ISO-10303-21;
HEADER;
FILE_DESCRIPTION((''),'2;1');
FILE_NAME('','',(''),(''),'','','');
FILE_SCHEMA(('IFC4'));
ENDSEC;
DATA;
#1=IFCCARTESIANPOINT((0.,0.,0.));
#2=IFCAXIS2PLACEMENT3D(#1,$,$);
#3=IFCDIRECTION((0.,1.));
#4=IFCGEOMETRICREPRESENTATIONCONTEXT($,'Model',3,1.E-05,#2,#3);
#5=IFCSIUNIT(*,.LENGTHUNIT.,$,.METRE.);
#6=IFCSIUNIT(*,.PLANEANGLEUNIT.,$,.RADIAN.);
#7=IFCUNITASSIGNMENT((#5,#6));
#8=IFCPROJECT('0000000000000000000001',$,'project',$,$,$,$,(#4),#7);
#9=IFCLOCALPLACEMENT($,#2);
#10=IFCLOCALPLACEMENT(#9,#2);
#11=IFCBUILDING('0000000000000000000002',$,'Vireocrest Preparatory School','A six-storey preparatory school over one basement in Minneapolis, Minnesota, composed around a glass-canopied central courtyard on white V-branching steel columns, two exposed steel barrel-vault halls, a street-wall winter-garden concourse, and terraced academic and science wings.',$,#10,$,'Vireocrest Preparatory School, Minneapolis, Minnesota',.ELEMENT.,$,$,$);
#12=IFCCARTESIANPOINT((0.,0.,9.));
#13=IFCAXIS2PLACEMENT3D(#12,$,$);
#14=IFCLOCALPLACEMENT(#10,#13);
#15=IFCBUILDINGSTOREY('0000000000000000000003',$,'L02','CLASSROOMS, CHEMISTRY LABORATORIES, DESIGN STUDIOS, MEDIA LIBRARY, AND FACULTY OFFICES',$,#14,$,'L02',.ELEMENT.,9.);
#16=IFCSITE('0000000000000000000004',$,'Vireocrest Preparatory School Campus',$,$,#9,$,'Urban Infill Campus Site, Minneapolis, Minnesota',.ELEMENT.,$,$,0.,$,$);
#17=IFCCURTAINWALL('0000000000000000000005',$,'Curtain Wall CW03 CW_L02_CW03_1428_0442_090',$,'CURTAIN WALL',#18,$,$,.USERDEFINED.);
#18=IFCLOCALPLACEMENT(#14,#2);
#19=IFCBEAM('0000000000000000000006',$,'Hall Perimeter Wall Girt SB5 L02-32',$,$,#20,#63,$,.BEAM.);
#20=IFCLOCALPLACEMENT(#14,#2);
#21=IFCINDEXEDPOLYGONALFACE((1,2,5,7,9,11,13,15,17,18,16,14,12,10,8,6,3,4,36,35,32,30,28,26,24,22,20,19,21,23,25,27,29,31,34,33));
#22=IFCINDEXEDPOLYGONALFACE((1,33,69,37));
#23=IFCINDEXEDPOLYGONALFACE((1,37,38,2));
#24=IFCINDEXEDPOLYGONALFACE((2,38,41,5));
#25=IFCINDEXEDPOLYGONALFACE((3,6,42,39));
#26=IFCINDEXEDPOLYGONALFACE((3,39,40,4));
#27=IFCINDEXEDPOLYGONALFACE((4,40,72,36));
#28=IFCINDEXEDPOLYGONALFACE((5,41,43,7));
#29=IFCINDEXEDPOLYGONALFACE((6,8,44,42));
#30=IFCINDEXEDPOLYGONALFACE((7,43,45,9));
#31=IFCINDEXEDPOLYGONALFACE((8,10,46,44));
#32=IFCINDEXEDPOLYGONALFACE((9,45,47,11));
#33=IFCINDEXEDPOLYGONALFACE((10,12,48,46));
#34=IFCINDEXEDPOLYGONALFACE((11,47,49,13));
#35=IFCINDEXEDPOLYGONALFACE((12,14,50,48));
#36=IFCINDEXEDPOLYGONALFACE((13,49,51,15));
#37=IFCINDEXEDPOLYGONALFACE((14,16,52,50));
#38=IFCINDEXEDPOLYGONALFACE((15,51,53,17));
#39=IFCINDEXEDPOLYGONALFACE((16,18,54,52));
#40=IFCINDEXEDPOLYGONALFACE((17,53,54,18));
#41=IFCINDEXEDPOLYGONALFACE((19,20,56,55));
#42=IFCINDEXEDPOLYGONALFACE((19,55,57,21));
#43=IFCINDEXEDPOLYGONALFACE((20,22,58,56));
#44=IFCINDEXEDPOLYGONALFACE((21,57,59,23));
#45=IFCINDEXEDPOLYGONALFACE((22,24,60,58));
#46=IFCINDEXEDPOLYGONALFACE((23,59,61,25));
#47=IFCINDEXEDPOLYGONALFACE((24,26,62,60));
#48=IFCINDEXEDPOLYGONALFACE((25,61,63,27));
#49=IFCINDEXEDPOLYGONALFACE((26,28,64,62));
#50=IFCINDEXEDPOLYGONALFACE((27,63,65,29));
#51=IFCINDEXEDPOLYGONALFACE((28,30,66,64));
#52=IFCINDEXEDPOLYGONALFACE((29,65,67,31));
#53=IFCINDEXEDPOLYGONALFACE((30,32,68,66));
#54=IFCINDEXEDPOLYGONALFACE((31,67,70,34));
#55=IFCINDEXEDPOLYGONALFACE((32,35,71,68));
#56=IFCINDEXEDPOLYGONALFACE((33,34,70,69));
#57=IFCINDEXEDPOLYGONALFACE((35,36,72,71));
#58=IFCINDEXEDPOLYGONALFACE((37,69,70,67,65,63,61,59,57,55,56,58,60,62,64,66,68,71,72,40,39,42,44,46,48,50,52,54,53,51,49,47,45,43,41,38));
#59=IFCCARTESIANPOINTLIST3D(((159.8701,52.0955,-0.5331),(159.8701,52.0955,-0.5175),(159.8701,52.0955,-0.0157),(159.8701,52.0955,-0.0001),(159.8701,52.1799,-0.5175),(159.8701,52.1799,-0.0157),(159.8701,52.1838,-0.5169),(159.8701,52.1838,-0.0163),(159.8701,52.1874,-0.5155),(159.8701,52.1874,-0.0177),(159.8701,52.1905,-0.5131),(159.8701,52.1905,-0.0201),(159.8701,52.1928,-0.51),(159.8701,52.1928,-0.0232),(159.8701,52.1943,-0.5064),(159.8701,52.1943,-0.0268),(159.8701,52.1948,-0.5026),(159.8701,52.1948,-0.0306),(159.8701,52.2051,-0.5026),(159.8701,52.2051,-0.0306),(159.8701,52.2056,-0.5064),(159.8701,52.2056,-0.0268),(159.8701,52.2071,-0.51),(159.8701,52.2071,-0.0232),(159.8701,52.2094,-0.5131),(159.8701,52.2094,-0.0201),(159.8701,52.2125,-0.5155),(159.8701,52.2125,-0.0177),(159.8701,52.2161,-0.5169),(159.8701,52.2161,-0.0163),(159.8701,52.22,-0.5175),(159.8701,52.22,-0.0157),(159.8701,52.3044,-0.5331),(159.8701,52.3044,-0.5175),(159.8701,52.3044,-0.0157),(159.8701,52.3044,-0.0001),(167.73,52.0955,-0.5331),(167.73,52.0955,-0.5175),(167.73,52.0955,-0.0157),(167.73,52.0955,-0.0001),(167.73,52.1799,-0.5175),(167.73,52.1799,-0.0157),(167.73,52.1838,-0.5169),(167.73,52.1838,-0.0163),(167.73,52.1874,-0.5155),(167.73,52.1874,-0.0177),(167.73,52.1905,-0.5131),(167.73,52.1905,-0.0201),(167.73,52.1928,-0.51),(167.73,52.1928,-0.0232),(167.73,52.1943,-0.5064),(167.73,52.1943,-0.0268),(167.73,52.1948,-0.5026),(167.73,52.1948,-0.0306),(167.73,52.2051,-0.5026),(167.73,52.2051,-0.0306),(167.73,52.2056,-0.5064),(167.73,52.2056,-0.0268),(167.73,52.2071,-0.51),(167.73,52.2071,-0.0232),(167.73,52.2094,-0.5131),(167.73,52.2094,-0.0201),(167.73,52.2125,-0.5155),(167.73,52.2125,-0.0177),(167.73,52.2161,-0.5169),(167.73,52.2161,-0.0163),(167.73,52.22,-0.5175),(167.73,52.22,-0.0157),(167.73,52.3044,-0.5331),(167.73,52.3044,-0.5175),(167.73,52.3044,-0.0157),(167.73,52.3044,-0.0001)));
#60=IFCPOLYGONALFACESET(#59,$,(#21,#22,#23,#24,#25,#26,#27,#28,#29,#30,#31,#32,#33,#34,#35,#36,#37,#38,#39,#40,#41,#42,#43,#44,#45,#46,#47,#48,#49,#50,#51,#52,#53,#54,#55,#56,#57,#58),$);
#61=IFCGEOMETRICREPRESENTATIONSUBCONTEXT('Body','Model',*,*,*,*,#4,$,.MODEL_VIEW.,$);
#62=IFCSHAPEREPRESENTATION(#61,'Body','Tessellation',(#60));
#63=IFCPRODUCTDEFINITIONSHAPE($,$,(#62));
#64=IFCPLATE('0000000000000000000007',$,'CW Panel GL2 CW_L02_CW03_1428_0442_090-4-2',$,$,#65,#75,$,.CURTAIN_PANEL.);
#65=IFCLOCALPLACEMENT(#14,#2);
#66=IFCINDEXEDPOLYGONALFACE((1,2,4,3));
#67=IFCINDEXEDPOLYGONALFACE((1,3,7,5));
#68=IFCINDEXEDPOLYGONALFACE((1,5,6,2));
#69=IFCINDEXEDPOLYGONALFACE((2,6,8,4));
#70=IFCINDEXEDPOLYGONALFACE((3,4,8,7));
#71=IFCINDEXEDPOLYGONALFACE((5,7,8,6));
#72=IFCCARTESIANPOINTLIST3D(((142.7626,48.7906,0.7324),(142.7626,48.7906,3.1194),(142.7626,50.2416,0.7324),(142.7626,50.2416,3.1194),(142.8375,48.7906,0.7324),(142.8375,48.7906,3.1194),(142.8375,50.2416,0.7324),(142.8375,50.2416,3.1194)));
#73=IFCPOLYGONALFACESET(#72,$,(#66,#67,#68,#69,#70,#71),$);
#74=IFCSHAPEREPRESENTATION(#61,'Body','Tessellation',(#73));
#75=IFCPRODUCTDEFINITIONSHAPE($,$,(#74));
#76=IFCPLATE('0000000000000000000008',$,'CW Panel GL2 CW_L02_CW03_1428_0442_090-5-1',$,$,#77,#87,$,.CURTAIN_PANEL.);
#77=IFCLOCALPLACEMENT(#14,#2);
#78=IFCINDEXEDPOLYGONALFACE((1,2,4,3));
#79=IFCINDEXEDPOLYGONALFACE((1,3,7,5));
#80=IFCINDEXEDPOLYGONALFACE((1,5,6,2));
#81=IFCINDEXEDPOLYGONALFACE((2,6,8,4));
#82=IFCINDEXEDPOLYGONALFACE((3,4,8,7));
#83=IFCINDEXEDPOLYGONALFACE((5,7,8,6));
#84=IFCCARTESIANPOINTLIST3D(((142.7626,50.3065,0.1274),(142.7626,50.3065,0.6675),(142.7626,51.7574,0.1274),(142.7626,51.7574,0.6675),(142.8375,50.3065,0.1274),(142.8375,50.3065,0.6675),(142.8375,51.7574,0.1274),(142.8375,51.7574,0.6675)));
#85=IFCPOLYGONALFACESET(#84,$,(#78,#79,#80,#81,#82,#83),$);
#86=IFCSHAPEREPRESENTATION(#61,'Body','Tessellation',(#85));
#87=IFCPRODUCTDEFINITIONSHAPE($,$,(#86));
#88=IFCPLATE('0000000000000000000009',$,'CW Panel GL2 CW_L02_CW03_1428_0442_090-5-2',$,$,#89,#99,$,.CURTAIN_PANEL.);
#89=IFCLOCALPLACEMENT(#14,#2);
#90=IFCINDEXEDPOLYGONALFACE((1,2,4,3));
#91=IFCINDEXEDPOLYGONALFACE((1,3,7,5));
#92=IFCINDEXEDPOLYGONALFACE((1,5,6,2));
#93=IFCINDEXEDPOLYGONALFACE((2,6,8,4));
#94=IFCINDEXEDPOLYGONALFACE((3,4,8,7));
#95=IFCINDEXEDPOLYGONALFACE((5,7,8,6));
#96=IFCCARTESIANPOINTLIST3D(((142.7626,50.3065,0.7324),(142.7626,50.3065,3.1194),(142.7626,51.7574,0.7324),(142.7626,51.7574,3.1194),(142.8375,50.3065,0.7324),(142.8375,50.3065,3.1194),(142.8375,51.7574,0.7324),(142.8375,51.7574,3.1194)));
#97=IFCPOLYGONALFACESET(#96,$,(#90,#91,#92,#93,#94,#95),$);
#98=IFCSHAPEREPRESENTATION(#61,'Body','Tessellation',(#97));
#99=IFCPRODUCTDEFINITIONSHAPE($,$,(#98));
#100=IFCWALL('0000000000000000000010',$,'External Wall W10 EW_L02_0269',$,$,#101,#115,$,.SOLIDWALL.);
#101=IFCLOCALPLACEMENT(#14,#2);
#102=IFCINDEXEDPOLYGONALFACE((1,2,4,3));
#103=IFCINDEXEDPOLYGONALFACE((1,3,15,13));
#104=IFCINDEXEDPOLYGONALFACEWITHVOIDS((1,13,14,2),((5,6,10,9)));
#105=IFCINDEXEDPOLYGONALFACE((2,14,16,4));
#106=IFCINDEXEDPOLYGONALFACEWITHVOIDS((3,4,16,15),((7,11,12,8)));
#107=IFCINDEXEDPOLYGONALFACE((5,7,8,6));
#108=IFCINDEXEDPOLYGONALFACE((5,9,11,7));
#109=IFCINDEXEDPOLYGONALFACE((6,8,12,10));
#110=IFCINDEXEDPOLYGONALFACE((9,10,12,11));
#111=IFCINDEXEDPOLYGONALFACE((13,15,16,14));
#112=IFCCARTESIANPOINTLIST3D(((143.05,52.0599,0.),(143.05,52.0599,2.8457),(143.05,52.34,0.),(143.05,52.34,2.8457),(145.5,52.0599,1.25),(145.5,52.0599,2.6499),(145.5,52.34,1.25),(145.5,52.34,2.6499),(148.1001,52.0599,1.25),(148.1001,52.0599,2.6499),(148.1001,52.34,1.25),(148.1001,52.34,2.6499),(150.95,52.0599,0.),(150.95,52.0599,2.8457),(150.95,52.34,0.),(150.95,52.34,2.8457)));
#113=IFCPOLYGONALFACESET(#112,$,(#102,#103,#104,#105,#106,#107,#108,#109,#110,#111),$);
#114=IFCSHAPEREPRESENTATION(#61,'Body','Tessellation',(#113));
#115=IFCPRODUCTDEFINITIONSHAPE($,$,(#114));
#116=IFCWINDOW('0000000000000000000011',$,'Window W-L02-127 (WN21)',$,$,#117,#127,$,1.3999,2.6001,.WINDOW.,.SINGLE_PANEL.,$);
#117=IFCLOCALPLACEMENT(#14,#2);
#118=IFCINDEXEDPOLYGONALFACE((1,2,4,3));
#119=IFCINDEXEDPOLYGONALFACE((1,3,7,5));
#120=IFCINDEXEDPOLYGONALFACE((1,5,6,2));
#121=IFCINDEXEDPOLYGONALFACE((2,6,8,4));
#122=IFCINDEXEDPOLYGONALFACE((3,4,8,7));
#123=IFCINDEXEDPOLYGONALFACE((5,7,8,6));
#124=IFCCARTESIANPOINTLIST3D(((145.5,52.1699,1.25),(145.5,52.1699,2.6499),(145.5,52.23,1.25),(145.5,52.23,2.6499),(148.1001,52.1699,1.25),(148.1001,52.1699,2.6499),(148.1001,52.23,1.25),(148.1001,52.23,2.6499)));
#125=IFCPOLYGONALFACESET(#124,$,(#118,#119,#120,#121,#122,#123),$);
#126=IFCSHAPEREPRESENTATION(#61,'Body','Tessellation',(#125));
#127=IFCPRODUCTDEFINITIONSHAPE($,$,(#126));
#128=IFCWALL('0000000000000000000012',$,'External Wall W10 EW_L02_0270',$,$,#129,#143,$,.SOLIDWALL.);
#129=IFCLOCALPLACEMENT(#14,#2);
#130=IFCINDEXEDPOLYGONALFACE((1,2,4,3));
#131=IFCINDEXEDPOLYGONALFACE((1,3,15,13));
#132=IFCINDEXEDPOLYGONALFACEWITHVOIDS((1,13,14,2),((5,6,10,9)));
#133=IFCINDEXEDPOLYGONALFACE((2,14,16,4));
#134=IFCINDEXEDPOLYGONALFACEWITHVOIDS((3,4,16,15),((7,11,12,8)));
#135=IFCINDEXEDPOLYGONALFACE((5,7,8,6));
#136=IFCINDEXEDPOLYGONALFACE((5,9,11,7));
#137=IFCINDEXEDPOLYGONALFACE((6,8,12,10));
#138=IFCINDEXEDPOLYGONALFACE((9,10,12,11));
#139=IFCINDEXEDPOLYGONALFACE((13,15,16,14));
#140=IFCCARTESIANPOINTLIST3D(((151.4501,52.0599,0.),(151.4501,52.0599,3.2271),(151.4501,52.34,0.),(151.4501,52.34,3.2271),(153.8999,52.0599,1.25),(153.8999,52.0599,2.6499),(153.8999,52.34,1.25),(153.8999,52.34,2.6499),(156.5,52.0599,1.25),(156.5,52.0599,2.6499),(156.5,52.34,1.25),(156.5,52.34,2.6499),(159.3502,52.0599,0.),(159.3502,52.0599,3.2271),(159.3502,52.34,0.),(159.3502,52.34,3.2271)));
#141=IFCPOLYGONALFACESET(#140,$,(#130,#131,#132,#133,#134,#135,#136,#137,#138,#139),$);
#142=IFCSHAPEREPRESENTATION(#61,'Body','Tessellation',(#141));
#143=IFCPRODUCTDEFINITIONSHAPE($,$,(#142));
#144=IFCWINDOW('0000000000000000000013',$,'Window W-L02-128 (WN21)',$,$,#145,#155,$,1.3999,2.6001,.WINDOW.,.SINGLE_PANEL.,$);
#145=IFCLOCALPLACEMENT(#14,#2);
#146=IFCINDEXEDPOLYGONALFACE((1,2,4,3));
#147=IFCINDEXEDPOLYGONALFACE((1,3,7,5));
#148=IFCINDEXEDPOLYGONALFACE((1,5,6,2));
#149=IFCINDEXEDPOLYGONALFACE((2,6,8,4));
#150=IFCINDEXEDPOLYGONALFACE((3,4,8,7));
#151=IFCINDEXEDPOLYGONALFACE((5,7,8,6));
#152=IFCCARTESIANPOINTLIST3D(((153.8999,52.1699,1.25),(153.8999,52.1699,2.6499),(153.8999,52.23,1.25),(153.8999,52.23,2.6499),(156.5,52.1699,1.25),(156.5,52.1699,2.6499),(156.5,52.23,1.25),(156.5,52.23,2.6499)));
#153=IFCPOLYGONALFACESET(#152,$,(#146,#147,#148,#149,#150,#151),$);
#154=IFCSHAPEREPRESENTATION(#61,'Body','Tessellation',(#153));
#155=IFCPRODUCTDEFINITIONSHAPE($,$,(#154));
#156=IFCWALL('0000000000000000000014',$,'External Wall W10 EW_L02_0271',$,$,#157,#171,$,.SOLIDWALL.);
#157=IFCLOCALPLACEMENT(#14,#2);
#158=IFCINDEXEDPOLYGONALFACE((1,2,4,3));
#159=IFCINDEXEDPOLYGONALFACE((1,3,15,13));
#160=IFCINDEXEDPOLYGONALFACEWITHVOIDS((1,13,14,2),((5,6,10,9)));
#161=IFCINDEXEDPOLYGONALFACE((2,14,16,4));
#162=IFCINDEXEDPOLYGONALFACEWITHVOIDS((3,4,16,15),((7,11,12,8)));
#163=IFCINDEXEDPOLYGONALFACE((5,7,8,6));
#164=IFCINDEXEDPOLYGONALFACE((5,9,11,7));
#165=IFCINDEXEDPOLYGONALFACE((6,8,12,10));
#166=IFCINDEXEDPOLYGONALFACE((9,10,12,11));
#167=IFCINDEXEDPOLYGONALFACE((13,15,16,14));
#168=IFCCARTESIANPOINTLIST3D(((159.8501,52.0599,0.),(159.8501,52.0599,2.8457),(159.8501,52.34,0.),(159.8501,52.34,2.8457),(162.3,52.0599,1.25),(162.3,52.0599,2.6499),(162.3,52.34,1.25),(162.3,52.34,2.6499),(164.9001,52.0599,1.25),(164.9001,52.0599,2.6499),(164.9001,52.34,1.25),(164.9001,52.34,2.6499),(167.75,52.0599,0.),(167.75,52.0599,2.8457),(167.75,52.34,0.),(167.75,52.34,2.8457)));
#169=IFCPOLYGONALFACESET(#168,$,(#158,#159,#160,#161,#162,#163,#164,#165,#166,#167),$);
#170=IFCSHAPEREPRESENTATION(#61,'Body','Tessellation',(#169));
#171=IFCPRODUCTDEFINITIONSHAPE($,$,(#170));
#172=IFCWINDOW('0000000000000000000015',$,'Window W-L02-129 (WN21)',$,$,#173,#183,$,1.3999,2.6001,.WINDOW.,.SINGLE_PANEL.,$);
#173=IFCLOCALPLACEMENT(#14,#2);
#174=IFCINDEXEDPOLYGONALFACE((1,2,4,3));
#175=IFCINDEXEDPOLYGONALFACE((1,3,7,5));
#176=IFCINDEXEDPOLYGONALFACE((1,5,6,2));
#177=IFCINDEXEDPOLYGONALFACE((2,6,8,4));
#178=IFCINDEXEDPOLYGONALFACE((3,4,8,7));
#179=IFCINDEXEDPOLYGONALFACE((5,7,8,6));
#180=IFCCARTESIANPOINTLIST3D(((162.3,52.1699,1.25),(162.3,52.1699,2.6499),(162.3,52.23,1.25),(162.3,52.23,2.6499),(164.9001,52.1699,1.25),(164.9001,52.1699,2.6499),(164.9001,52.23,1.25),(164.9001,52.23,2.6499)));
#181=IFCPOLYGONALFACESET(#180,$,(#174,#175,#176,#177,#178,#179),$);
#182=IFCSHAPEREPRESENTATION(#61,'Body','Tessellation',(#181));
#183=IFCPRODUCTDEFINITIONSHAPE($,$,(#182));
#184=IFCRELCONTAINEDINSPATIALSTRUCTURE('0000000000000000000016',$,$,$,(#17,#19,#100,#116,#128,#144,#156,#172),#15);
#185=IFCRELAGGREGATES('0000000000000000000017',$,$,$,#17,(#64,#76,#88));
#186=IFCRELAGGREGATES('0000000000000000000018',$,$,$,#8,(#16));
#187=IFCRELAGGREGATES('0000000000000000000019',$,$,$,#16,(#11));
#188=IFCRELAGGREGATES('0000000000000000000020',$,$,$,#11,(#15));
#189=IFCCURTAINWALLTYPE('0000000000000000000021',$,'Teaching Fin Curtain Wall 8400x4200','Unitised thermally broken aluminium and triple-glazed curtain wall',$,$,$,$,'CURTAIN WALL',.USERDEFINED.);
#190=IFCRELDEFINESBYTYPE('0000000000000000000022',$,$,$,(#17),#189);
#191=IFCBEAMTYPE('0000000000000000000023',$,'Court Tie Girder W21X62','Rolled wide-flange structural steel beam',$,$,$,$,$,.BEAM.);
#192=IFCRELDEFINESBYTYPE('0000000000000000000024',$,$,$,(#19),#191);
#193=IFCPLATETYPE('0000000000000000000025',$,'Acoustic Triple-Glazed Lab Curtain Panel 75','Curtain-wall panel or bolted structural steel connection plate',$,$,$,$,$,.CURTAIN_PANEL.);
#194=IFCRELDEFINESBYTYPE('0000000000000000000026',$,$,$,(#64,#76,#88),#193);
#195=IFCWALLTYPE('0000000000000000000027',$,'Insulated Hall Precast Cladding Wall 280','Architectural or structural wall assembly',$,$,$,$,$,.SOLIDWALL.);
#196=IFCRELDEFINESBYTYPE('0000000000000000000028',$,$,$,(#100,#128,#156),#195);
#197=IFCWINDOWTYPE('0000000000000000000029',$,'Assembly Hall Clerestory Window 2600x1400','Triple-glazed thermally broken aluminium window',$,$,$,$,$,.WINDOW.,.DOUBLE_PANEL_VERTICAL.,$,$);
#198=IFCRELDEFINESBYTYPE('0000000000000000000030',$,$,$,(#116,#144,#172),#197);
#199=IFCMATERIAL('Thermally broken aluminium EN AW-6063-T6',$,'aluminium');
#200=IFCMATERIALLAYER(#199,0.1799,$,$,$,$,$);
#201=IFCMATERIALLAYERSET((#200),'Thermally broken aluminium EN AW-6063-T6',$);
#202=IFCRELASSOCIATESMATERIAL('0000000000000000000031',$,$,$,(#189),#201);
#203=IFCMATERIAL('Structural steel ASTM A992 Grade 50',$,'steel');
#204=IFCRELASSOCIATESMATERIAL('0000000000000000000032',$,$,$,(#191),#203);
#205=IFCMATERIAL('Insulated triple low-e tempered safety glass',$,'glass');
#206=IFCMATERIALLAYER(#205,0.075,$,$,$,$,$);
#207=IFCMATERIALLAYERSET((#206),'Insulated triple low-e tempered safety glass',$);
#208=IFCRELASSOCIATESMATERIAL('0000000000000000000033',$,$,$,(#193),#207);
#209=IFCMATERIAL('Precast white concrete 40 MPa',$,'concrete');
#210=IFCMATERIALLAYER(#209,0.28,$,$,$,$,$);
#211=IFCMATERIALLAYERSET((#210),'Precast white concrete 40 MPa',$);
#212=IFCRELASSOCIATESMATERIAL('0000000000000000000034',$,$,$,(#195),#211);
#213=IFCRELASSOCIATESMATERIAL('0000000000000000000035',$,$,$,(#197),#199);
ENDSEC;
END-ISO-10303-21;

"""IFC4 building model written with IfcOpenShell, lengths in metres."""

from ifc_helpers import new_model, si_unit, direction, frame, frame_2d, origin, origin_2d, place, context, subcontext, project, spatial, rectangle, i_section, extrude, material, layer, layer_set, material_profile, profile_set, type_object, element, fill, aggregate, save


model = new_model("IFC4")

# Units and contexts
model_context = context("Model", 3, precision=1e-05, world=origin(), true_north=direction((0.0, 1.0)))
body_context = subcontext(model_context, "Body", "Model", "MODEL_VIEW")
ifc_project = project(units=[si_unit("LENGTHUNIT", "METRE"), si_unit("PLANEANGLEUNIT", "RADIAN")], contexts=[model_context])

# Site, building, storey
site_placement = place(None, origin())
site = spatial("IfcSite", under=ifc_project, at=site_placement, Name="Vireocrest Preparatory School Campus", LongName="Urban Infill Campus Site, Minneapolis, Minnesota", CompositionType="ELEMENT", RefElevation=0.0)
building_placement = place(site_placement, origin())
building = spatial("IfcBuilding", under=site, at=building_placement, Name="Vireocrest Preparatory School", Description="A six-storey preparatory school over one basement in Minneapolis, Minnesota, composed around a glass-canopied central courtyard on white V-branching steel columns, two exposed steel barrel-vault halls, a street-wall winter-garden concourse, and terraced academic and science wings.", LongName="Vireocrest Preparatory School, Minneapolis, Minnesota", CompositionType="ELEMENT")
storey_placement = place(building_placement, frame((0.0, 0.0, 9.0)))
storey = spatial("IfcBuildingStorey", under=building, at=storey_placement, Name="L02", Description="CLASSROOMS, CHEMISTRY LABORATORIES, DESIGN STUDIOS, MEDIA LIBRARY, AND FACULTY OFFICES", LongName="L02", CompositionType="ELEMENT", Elevation=9.0)

# Curtain wall
ifc_material_1 = material(Name="Thermally broken aluminium EN AW-6063-T6", Category="aluminium")
ifc_layer_1 = layer(ifc_material_1, 0.1799)
ifc_layer_set_1 = layer_set([ifc_layer_1], Name="Thermally broken aluminium EN AW-6063-T6")
curtain_wall_type = type_object("IfcCurtainWallType", Name="Teaching Fin Curtain Wall 8400x4200", Description="Unitised thermally broken aluminium and triple-glazed curtain wall", ElementType="CURTAIN WALL", PredefinedType="USERDEFINED", material=ifc_layer_set_1)
curtain_wall_placement = place(storey_placement, origin())
curtain_wall = element("IfcCurtainWall", 1, at=curtain_wall_placement, inside=storey, type_object=curtain_wall_type, Name="Curtain Wall CW03 CW_L02_CW03_1428_0442_090", ObjectType="CURTAIN WALL", PredefinedType="USERDEFINED")

# Beam
ifc_material_2 = material(Name="Structural steel ASTM A992 Grade 50", Category="steel")
ifc_material_profile_1 = material_profile(ifc_material_2, i_section(OverallWidth=0.209, OverallDepth=0.533, WebThickness=0.0103, FlangeThickness=0.0156, FilletRadius=0.0149, at=origin_2d()), Name="W21X62")
ifc_profile_set_1 = profile_set([ifc_material_profile_1], Name="Structural steel ASTM A992 Grade 50")
beam_type = type_object("IfcBeamType", Name="Court Tie Girder W21X62", Description="Rolled wide-flange structural steel beam", PredefinedType="BEAM", material=ifc_profile_set_1)
beam_1_placement = place(storey_placement, frame((159.8701, 52.2, -0.2666), z_axis=(1.0, 0.0, 0.0), x_axis=(0.0, 1.0, 0.0)))
element("IfcBeam", 2, at=beam_1_placement, inside=storey, type_object=beam_type, Name="Hall Perimeter Wall Girt SB5 L02-32", PredefinedType="BEAM", context=body_context, shape_type="SweptSolid", body=[
    extrude(i_section(OverallWidth=0.209, OverallDepth=0.533, WebThickness=0.0103, FlangeThickness=0.0156, FilletRadius=0.0149, at=origin_2d()), origin(), (0.0, 0.0, 1.0), 7.8599),
])

# Plates
ifc_material_3 = material(Name="Insulated triple low-e tempered safety glass", Category="glass")
ifc_layer_2 = layer(ifc_material_3, 0.075)
ifc_layer_set_2 = layer_set([ifc_layer_2], Name="Insulated triple low-e tempered safety glass")
plate_type = type_object("IfcPlateType", Name="Acoustic Triple-Glazed Lab Curtain Panel 75", Description="Curtain-wall panel or bolted structural steel connection plate", PredefinedType="CURTAIN_PANEL", material=ifc_layer_set_2)
plate_1_placement = place(storey_placement, frame((142.8, 49.5161, 0.7324), z_axis=(0.0, 0.0, 1.0), x_axis=(0.0, 1.0, 0.0)))
plate_1 = element("IfcPlate", 3, at=plate_1_placement, type_object=plate_type, Name="CW Panel GL2 CW_L02_CW03_1428_0442_090-4-2", PredefinedType="CURTAIN_PANEL", context=body_context, shape_type="SweptSolid", body=[
    extrude(rectangle(XDim=1.4509, YDim=0.075, at=origin_2d()), origin(), (0.0, 0.0, 1.0), 2.387),
])
plate_2_placement = place(storey_placement, frame((142.8, 51.032, 0.1274), z_axis=(0.0, 0.0, 1.0), x_axis=(0.0, 1.0, 0.0)))
plate_2 = element("IfcPlate", 4, at=plate_2_placement, type_object=plate_type, Name="CW Panel GL2 CW_L02_CW03_1428_0442_090-5-1", PredefinedType="CURTAIN_PANEL", context=body_context, shape_type="SweptSolid", body=[
    extrude(rectangle(XDim=1.4509, YDim=0.075, at=origin_2d()), origin(), (0.0, 0.0, 1.0), 0.54),
])
plate_3_placement = place(storey_placement, frame((142.8, 51.032, 0.7324), z_axis=(0.0, 0.0, 1.0), x_axis=(0.0, 1.0, 0.0)))
plate_3 = element("IfcPlate", 5, at=plate_3_placement, type_object=plate_type, Name="CW Panel GL2 CW_L02_CW03_1428_0442_090-5-2", PredefinedType="CURTAIN_PANEL", context=body_context, shape_type="SweptSolid", body=[
    extrude(rectangle(XDim=1.4509, YDim=0.075, at=origin_2d()), origin(), (0.0, 0.0, 1.0), 2.387),
])
aggregate(curtain_wall, [plate_1, plate_2, plate_3])

# Walls, openings, windows
ifc_material_4 = material(Name="Precast white concrete 40 MPa", Category="concrete")
ifc_layer_3 = layer(ifc_material_4, 0.28)
ifc_layer_set_3 = layer_set([ifc_layer_3], Name="Precast white concrete 40 MPa")
wall_type = type_object("IfcWallType", Name="Insulated Hall Precast Cladding Wall 280", Description="Architectural or structural wall assembly", PredefinedType="SOLIDWALL", material=ifc_layer_set_3)
wall_1_placement = place(storey_placement, frame((143.05, 52.2, 0.0), z_axis=(0.0, 0.0, 1.0), x_axis=(1.0, 0.0, 0.0)))
wall_1 = element("IfcWall", 6, at=wall_1_placement, inside=storey, type_object=wall_type, Name="External Wall W10 EW_L02_0269", PredefinedType="SOLIDWALL", context=body_context, shape_type="SweptSolid", body=[
    extrude(rectangle(XDim=7.8999, YDim=0.28, at=frame_2d((3.95, 0.0))), origin(), (0.0, 0.0, 1.0), 2.8457),
])
opening_1_placement = place(wall_1_placement, frame((2.45, 0.0, 1.25)))
opening_1 = element("IfcOpeningElement", 7, at=opening_1_placement, cuts=wall_1, PredefinedType="OPENING", context=body_context, shape_type="SweptSolid", body=[
    extrude(rectangle(XDim=2.6001, YDim=1.3999, at=frame_2d((1.3, 0.7))), frame((0.0, 0.1499, 0.0), z_axis=(0.0, -1.0, 0.0), x_axis=(1.0, 0.0, 0.0)), (0.0, 0.0, 1.0), 0.3),
])
window_type = type_object("IfcWindowType", Name="Assembly Hall Clerestory Window 2600x1400", Description="Triple-glazed thermally broken aluminium window", PartitioningType="DOUBLE_PANEL_VERTICAL", PredefinedType="WINDOW", material=ifc_material_1)
window_1_placement = place(opening_1_placement, origin())
window_1 = element("IfcWindow", 8, at=window_1_placement, inside=storey, type_object=window_type, Name="Window W-L02-127 (WN21)", OverallHeight=1.3999, OverallWidth=2.6001, PartitioningType="SINGLE_PANEL", PredefinedType="WINDOW", context=body_context, shape_type="SweptSolid", body=[
    extrude(rectangle(XDim=2.6001, YDim=1.3999, at=frame_2d((1.3, 0.7))), frame((0.0, 0.03, 0.0), z_axis=(0.0, -1.0, 0.0), x_axis=(1.0, 0.0, 0.0)), (0.0, 0.0, 1.0), 0.0601),
])
fill(opening_1, window_1)
wall_2_placement = place(storey_placement, frame((151.45, 52.2, 0.0), z_axis=(0.0, 0.0, 1.0), x_axis=(1.0, 0.0, 0.0)))
wall_2 = element("IfcWall", 9, at=wall_2_placement, inside=storey, type_object=wall_type, Name="External Wall W10 EW_L02_0270", PredefinedType="SOLIDWALL", context=body_context, shape_type="SweptSolid", body=[
    extrude(rectangle(XDim=7.9001, YDim=0.28, at=frame_2d((3.9502, 0.0))), origin(), (0.0, 0.0, 1.0), 3.2271),
])
opening_2_placement = place(wall_2_placement, frame((2.45, 0.0, 1.25)))
opening_2 = element("IfcOpeningElement", 10, at=opening_2_placement, cuts=wall_2, PredefinedType="OPENING", context=body_context, shape_type="SweptSolid", body=[
    extrude(rectangle(XDim=2.6001, YDim=1.3999, at=frame_2d((1.3, 0.7))), frame((0.0, 0.1499, 0.0), z_axis=(0.0, -1.0, 0.0), x_axis=(1.0, 0.0, 0.0)), (0.0, 0.0, 1.0), 0.3),
])
window_2_placement = place(opening_2_placement, origin())
window_2 = element("IfcWindow", 11, at=window_2_placement, inside=storey, type_object=window_type, Name="Window W-L02-128 (WN21)", OverallHeight=1.3999, OverallWidth=2.6001, PartitioningType="SINGLE_PANEL", PredefinedType="WINDOW", context=body_context, shape_type="SweptSolid", body=[
    extrude(rectangle(XDim=2.6001, YDim=1.3999, at=frame_2d((1.3, 0.7))), frame((0.0, 0.03, 0.0), z_axis=(0.0, -1.0, 0.0), x_axis=(1.0, 0.0, 0.0)), (0.0, 0.0, 1.0), 0.0601),
])
fill(opening_2, window_2)
wall_3_placement = place(storey_placement, frame((159.8501, 52.2, 0.0), z_axis=(0.0, 0.0, 1.0), x_axis=(1.0, 0.0, 0.0)))
wall_3 = element("IfcWall", 12, at=wall_3_placement, inside=storey, type_object=wall_type, Name="External Wall W10 EW_L02_0271", PredefinedType="SOLIDWALL", context=body_context, shape_type="SweptSolid", body=[
    extrude(rectangle(XDim=7.8999, YDim=0.28, at=frame_2d((3.95, 0.0))), origin(), (0.0, 0.0, 1.0), 2.8457),
])
opening_3_placement = place(wall_3_placement, frame((2.45, 0.0, 1.25)))
opening_3 = element("IfcOpeningElement", 13, at=opening_3_placement, cuts=wall_3, PredefinedType="OPENING", context=body_context, shape_type="SweptSolid", body=[
    extrude(rectangle(XDim=2.6001, YDim=1.3999, at=frame_2d((1.3, 0.7))), frame((0.0, 0.1499, 0.0), z_axis=(0.0, -1.0, 0.0), x_axis=(1.0, 0.0, 0.0)), (0.0, 0.0, 1.0), 0.3),
])
window_3_placement = place(opening_3_placement, origin())
window_3 = element("IfcWindow", 14, at=window_3_placement, inside=storey, type_object=window_type, Name="Window W-L02-129 (WN21)", OverallHeight=1.3999, OverallWidth=2.6001, PartitioningType="SINGLE_PANEL", PredefinedType="WINDOW", context=body_context, shape_type="SweptSolid", body=[
    extrude(rectangle(XDim=2.6001, YDim=1.3999, at=frame_2d((1.3, 0.7))), frame((0.0, 0.03, 0.0), z_axis=(0.0, -1.0, 0.0), x_axis=(1.0, 0.0, 0.0)), (0.0, 0.0, 1.0), 0.0601),
])
fill(opening_3, window_3)

save(model, "model.ifc")
